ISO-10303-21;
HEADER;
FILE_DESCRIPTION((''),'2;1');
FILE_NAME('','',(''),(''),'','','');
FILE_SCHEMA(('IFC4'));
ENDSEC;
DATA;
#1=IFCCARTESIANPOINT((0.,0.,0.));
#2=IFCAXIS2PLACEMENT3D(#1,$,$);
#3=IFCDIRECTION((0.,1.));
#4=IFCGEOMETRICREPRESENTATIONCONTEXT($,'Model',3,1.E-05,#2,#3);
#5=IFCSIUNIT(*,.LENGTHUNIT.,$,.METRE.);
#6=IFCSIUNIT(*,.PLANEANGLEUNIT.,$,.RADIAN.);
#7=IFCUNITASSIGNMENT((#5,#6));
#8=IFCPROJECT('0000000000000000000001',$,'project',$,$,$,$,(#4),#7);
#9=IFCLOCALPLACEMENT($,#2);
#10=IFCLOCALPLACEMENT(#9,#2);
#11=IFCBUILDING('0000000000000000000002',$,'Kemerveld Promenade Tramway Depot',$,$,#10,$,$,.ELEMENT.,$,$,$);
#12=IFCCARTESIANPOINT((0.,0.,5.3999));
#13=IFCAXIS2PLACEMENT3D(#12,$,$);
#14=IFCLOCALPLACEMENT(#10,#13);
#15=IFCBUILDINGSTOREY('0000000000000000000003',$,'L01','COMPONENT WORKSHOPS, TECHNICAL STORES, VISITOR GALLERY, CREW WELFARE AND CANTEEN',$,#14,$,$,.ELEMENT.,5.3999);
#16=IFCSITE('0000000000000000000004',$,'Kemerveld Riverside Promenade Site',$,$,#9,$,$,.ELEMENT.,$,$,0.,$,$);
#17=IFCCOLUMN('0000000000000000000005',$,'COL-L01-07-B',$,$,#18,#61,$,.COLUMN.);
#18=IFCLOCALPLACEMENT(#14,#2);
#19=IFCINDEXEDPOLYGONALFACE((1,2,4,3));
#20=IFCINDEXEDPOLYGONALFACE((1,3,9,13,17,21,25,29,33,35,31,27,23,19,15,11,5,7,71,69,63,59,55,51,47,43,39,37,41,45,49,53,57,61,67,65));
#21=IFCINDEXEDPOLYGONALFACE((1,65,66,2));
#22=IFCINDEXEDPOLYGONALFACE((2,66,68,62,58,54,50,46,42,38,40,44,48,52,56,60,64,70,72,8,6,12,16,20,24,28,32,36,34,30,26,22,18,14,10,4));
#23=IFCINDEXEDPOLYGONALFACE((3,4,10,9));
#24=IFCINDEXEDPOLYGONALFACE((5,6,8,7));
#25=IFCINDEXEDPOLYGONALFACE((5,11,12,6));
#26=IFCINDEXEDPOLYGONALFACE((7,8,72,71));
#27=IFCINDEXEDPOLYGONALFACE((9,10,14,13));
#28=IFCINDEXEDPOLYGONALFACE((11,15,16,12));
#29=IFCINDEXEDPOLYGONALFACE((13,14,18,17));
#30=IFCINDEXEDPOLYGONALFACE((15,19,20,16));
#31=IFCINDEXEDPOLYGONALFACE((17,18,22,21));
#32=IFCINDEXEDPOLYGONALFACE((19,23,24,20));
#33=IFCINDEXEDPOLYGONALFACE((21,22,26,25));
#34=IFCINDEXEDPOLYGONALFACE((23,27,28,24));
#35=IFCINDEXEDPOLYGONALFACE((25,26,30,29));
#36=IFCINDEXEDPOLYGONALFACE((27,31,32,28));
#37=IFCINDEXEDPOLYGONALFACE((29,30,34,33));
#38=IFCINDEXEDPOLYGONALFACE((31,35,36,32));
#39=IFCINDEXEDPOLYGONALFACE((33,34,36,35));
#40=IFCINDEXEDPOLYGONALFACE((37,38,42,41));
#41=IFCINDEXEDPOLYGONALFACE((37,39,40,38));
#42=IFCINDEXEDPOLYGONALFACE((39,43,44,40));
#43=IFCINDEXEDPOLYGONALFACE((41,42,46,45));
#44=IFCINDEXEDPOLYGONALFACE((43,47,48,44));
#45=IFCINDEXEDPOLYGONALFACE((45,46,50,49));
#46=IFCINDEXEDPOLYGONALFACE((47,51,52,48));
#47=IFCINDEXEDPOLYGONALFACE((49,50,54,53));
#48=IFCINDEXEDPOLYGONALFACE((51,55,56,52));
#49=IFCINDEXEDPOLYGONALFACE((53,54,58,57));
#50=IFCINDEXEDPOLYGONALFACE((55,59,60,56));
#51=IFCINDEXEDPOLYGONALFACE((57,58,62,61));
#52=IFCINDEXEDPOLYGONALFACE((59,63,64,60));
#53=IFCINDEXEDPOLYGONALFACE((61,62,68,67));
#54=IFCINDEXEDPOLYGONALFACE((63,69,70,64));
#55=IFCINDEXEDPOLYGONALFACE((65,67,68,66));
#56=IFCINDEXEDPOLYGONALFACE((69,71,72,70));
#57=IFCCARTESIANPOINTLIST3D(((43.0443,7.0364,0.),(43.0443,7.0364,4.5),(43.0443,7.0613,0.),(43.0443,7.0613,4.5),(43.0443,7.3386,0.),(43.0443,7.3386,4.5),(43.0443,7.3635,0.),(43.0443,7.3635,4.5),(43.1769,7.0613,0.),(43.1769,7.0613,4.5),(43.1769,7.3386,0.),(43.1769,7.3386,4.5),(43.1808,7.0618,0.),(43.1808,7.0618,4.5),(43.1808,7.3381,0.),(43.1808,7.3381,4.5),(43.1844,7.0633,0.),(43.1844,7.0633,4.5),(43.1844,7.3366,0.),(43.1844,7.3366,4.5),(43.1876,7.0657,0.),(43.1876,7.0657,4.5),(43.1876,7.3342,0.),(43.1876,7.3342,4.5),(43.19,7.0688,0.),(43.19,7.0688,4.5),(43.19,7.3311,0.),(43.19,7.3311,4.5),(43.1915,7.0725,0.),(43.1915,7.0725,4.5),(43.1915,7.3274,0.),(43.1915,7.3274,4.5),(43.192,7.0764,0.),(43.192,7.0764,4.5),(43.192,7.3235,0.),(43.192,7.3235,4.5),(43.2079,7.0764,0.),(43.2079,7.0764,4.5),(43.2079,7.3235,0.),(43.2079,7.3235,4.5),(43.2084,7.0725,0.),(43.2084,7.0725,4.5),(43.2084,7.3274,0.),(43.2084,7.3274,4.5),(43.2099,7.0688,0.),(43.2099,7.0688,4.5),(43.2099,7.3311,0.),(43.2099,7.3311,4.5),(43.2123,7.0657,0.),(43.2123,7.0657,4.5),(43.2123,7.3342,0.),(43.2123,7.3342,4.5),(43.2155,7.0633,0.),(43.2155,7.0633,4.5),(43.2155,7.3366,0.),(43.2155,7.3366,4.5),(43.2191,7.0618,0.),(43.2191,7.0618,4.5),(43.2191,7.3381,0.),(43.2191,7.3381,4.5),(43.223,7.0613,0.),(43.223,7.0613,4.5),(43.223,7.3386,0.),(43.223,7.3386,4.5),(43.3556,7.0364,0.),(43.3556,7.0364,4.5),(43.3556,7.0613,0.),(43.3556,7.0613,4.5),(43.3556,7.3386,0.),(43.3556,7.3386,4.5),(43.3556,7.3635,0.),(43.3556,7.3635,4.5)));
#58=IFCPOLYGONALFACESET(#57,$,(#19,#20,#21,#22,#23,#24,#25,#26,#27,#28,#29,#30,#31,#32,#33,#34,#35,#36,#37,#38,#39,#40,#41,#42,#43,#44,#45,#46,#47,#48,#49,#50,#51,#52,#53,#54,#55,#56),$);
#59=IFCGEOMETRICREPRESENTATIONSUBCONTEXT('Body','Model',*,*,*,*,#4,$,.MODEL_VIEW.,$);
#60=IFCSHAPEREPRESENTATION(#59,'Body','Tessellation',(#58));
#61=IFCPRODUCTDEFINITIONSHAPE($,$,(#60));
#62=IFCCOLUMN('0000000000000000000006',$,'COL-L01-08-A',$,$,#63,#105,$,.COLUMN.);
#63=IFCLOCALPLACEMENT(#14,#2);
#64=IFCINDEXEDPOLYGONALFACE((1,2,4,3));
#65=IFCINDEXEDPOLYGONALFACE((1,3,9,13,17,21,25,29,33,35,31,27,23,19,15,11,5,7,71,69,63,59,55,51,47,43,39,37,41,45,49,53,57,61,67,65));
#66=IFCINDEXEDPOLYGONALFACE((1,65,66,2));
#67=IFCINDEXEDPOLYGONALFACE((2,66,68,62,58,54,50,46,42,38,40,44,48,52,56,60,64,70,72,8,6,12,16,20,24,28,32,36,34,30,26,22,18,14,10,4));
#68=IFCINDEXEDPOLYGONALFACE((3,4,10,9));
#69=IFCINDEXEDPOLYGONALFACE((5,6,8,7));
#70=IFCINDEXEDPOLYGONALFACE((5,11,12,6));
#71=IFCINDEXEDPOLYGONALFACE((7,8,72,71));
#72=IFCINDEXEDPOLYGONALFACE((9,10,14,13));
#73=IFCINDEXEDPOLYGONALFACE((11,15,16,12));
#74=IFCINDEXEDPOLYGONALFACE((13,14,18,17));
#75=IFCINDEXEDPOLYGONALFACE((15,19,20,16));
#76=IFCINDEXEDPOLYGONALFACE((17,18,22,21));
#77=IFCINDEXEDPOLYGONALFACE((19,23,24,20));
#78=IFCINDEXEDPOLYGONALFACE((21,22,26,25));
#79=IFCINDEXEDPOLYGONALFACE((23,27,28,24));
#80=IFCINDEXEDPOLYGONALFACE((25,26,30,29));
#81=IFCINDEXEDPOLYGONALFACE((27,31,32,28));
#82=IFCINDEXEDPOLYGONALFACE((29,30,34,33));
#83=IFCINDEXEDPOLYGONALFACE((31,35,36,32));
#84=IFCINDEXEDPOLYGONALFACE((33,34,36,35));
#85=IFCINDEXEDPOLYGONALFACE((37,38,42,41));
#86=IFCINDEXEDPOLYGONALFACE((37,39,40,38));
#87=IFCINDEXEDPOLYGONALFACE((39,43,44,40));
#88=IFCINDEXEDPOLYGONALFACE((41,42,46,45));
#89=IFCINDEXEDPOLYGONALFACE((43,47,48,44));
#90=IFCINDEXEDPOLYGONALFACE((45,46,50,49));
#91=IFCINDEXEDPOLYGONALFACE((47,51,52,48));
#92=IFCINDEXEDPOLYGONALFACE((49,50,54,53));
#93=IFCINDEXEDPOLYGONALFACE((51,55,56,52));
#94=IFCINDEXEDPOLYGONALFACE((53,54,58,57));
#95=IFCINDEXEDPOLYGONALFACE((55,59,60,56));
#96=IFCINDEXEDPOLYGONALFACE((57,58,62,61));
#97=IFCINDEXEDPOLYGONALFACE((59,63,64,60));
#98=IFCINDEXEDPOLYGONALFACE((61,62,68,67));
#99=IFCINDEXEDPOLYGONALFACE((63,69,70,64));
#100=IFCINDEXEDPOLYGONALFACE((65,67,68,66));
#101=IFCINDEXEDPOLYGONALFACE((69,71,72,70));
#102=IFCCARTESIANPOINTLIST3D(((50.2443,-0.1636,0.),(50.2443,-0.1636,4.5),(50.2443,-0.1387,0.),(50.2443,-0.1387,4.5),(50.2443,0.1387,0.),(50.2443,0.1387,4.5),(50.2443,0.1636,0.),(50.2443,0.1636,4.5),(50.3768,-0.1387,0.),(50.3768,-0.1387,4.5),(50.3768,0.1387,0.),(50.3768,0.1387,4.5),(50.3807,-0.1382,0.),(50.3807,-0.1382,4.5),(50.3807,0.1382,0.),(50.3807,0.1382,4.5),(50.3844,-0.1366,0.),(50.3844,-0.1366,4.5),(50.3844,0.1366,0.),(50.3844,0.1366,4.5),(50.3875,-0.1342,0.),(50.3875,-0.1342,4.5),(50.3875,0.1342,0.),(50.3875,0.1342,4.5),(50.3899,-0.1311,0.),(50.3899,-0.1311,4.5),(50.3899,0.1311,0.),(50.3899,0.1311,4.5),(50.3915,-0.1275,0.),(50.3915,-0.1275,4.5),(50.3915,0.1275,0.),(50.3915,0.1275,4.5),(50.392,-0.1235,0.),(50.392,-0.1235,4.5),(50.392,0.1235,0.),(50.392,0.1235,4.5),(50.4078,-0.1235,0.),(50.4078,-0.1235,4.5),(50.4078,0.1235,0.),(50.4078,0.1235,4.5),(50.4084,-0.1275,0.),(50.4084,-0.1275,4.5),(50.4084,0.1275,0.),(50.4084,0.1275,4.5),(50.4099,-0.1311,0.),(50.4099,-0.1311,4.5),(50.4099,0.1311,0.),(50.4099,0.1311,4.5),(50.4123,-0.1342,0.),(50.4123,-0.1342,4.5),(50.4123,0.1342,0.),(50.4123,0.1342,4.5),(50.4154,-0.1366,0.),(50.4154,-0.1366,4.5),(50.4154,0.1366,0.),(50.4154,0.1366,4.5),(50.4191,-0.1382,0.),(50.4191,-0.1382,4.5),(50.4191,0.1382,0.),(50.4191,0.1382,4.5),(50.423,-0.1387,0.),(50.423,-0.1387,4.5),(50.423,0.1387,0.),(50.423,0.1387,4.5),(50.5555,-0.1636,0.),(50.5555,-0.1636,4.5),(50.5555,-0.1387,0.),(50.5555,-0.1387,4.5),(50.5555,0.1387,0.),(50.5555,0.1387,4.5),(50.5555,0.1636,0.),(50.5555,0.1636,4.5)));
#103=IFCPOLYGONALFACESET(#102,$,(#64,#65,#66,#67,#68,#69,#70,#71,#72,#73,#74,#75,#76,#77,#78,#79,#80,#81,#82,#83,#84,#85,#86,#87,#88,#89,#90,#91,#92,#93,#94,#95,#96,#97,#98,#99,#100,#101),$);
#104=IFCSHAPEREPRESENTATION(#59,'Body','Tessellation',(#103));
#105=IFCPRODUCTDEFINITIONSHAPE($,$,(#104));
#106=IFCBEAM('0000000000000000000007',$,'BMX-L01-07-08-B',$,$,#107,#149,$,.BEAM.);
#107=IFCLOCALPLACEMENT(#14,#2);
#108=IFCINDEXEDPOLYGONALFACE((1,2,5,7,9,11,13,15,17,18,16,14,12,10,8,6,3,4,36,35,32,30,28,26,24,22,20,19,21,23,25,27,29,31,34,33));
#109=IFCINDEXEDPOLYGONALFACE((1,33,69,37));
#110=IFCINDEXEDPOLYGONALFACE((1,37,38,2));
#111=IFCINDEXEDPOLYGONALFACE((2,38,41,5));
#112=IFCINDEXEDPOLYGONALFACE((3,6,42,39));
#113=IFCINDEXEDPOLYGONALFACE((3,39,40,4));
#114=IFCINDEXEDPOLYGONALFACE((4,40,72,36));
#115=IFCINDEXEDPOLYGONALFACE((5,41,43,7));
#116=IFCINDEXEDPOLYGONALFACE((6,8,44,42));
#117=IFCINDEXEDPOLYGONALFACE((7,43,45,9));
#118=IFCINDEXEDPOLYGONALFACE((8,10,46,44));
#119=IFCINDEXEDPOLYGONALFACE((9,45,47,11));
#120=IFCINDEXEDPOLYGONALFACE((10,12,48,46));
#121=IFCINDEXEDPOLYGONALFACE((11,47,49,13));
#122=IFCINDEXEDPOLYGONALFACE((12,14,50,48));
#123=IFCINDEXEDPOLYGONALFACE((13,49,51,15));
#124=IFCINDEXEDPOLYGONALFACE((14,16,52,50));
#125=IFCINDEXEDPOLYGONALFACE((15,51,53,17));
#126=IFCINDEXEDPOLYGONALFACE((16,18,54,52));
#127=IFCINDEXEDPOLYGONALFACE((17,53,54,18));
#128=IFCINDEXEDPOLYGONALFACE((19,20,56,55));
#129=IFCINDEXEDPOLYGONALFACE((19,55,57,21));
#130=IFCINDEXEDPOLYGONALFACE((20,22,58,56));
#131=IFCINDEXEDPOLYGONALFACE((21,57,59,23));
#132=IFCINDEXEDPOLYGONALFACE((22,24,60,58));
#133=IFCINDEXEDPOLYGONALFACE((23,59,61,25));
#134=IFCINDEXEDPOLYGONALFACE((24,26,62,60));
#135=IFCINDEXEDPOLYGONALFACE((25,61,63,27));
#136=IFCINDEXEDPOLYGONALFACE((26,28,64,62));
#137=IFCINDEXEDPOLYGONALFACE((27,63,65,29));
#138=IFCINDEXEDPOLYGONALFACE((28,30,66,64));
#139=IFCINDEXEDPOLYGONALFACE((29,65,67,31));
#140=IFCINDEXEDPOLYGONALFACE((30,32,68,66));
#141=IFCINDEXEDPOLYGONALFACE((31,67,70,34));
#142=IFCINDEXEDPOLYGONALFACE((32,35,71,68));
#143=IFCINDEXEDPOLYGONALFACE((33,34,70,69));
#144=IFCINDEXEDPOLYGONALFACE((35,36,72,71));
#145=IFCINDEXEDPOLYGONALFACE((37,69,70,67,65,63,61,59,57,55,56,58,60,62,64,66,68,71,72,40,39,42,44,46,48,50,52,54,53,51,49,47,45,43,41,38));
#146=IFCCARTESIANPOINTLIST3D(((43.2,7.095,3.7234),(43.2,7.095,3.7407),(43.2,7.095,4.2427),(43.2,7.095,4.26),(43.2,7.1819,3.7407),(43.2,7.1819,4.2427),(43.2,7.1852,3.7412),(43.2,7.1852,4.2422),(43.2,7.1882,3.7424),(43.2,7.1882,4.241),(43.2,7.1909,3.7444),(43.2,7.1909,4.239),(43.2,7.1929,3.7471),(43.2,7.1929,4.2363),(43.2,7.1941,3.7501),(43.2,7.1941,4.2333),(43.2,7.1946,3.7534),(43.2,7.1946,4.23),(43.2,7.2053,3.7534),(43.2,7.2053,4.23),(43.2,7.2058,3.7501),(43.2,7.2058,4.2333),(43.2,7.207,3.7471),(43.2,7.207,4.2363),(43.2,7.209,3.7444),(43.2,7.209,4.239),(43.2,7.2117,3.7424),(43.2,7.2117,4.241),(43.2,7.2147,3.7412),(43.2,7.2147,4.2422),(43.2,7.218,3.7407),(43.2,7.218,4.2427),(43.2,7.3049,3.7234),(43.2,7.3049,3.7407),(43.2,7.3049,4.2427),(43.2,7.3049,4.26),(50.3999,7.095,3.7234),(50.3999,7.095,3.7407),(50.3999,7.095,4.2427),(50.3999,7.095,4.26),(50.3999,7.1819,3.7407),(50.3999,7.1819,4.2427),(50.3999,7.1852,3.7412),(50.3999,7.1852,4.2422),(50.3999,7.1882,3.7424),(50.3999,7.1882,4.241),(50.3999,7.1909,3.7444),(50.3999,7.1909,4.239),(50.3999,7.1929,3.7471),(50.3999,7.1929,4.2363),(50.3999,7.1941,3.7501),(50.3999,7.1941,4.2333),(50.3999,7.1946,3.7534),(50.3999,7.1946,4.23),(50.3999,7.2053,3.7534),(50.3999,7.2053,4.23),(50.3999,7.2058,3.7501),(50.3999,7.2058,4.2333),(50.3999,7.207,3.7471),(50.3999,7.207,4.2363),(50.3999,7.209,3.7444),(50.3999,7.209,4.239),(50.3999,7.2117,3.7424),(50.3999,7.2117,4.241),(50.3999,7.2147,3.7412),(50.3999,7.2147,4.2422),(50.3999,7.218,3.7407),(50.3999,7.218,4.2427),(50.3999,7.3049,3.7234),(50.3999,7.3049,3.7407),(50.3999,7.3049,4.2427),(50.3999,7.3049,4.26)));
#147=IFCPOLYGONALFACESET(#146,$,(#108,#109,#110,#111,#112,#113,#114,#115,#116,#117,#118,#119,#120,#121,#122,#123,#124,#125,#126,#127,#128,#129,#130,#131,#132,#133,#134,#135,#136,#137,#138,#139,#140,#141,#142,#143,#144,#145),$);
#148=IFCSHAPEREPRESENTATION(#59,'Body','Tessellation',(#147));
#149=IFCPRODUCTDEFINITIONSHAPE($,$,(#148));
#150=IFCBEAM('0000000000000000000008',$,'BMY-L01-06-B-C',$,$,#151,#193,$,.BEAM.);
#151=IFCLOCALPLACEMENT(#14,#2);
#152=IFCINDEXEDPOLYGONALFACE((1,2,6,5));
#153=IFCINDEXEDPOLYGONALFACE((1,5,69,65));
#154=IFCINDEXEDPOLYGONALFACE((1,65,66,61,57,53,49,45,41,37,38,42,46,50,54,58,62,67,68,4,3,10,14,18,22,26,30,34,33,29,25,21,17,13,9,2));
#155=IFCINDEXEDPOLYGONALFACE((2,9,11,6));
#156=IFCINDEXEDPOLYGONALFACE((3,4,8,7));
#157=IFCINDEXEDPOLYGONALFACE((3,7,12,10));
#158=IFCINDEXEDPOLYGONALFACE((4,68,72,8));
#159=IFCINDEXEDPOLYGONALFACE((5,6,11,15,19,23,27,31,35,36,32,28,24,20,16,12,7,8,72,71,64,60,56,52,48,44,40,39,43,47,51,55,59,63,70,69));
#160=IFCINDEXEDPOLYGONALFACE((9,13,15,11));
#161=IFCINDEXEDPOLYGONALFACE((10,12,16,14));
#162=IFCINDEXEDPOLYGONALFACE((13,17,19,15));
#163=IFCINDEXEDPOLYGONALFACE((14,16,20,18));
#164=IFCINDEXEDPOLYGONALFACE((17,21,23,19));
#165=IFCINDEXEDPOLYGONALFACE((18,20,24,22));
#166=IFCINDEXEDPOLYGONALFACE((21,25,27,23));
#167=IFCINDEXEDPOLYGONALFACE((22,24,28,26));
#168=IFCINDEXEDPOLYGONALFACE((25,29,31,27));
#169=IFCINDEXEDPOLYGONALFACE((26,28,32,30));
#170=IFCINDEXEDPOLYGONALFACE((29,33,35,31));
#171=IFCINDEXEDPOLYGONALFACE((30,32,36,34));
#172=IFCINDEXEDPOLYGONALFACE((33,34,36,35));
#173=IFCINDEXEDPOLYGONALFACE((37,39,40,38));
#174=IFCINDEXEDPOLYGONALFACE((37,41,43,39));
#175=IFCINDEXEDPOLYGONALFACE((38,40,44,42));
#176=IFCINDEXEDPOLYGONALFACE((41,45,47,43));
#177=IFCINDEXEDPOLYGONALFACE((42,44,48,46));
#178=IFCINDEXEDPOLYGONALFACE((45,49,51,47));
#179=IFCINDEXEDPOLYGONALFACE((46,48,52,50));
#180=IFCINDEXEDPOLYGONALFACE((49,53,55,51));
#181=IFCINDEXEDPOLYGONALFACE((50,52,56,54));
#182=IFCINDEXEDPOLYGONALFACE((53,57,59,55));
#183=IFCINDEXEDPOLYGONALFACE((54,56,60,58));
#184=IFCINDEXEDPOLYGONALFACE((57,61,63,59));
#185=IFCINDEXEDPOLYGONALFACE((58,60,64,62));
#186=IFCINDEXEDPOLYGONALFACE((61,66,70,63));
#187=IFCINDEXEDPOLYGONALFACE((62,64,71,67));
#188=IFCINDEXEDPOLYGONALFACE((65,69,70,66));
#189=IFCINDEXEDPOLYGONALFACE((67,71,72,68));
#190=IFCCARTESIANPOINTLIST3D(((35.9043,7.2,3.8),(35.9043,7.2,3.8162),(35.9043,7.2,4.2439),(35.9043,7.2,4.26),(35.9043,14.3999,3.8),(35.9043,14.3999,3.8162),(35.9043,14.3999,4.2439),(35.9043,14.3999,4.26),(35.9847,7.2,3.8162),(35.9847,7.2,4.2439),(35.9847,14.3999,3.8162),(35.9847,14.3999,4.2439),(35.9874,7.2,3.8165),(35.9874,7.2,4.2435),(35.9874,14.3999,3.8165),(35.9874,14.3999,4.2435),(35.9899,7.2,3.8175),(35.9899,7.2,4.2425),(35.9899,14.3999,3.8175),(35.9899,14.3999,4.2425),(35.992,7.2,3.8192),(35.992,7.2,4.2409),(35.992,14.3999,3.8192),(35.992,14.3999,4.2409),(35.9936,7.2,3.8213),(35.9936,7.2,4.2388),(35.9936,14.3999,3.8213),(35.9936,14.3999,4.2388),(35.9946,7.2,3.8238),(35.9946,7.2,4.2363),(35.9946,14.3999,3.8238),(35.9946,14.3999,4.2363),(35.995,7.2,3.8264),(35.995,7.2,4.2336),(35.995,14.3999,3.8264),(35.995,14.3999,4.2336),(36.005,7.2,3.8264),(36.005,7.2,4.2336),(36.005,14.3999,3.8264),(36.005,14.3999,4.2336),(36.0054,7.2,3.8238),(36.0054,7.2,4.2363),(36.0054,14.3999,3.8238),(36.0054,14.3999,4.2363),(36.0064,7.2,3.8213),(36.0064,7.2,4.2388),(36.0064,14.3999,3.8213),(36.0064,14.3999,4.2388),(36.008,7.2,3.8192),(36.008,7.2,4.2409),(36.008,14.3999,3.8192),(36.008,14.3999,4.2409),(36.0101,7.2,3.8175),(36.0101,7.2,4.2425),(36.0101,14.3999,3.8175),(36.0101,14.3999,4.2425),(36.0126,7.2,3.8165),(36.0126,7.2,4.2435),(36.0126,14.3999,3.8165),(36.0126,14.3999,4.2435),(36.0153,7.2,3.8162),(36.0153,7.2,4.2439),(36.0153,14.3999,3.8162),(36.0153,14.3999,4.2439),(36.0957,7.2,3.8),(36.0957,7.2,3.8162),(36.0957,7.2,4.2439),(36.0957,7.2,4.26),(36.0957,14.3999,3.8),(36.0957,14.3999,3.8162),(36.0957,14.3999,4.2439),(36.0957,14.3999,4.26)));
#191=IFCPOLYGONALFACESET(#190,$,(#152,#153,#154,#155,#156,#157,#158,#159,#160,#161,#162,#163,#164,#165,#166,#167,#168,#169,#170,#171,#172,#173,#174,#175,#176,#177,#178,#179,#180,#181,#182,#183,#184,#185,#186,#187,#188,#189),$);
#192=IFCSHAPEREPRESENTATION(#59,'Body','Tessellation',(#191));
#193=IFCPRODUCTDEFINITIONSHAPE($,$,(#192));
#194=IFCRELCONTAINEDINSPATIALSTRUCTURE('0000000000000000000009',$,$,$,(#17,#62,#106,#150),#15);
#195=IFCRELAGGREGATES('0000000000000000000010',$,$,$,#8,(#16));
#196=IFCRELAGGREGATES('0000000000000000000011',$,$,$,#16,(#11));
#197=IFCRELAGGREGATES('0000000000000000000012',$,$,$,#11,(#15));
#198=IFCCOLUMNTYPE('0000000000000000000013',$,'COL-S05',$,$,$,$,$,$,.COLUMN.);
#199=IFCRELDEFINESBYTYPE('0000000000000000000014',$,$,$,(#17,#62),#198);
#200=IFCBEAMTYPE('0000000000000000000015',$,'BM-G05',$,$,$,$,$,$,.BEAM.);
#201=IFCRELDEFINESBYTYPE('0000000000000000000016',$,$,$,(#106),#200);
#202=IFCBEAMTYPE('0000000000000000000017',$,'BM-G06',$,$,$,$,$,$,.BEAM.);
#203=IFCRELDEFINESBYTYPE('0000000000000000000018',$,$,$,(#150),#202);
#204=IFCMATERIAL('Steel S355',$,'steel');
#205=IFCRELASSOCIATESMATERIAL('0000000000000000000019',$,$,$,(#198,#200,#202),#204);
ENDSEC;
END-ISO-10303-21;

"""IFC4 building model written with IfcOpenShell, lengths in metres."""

from ifc_helpers import new_model, si_unit, direction, frame, origin, origin_2d, place, context, subcontext, project, spatial, i_section, extrude, material, material_profile, profile_set, type_object, element, save


model = new_model("IFC4")

# Units and contexts
model_context = context("Model", 3, precision=1e-05, world=origin(), true_north=direction((0.0, 1.0)))
body_context = subcontext(model_context, "Body", "Model", "MODEL_VIEW")
ifc_project = project(units=[si_unit("LENGTHUNIT", "METRE"), si_unit("PLANEANGLEUNIT", "RADIAN")], contexts=[model_context])

# Site, building, storey
site_placement = place(None, origin())
site = spatial("IfcSite", under=ifc_project, at=site_placement, Name="Kemerveld Riverside Promenade Site", CompositionType="ELEMENT", RefElevation=0.0)
building_placement = place(site_placement, origin())
building = spatial("IfcBuilding", under=site, at=building_placement, Name="Kemerveld Promenade Tramway Depot", CompositionType="ELEMENT")
storey_placement = place(building_placement, frame((0.0, 0.0, 5.3999)))
storey = spatial("IfcBuildingStorey", under=building, at=storey_placement, Name="L01", Description="COMPONENT WORKSHOPS, TECHNICAL STORES, VISITOR GALLERY, CREW WELFARE AND CANTEEN", CompositionType="ELEMENT", Elevation=5.3999)

# Columns
ifc_material_1 = material(Name="Steel S355", Category="steel")
ifc_material_profile_1 = material_profile(ifc_material_1, i_section(OverallWidth=0.3113, OverallDepth=0.3271, WebThickness=0.0159, FlangeThickness=0.0249, FilletRadius=0.0151, at=origin_2d()), Name="305x305x158 UC")
ifc_profile_set_1 = profile_set([ifc_material_profile_1], Name="Steel S355")
column_type = type_object("IfcColumnType", Name="COL-S05", PredefinedType="COLUMN", material=ifc_profile_set_1)
for number, where, z_axis, x_axis, name in (
    (1, (43.2, 7.2, 0.0), (0.0, 0.0, 1.0), (1.0, 0.0, 0.0), "COL-L01-07-B"),
    (2, (50.3999, 0.0, 0.0), (0.0, 0.0, 1.0), (1.0, 0.0, 0.0), "COL-L01-08-A"),
):
    element("IfcColumn", number, at=place(storey_placement, frame(where, z_axis=z_axis, x_axis=x_axis)), inside=storey, type_object=column_type, Name=name, PredefinedType="COLUMN", context=body_context, shape_type="SweptSolid", body=[
        extrude(i_section(OverallWidth=0.3113, OverallDepth=0.3271, WebThickness=0.0159, FlangeThickness=0.0249, FilletRadius=0.0151, at=origin_2d()), origin(), (0.0, 0.0, 1.0), 4.5),
    ])

# Beams
ifc_material_profile_2 = material_profile(ifc_material_1, i_section(OverallWidth=0.21, OverallDepth=0.5366, WebThickness=0.0107, FlangeThickness=0.0173, FilletRadius=0.0127, at=origin_2d()), Name="533x210x101 UB")
ifc_profile_set_2 = profile_set([ifc_material_profile_2], Name="Steel S355")
beam_type_1 = type_object("IfcBeamType", Name="BM-G05", PredefinedType="BEAM", material=ifc_profile_set_2)
beam_1_placement = place(storey_placement, frame((43.2, 7.2, 3.9917), z_axis=(1.0, 0.0, 0.0), x_axis=(0.0, 1.0, 0.0)))
element("IfcBeam", 3, at=beam_1_placement, inside=storey, type_object=beam_type_1, Name="BMX-L01-07-08-B", PredefinedType="BEAM", context=body_context, shape_type="SweptSolid", body=[
    extrude(i_section(OverallWidth=0.21, OverallDepth=0.5366, WebThickness=0.0107, FlangeThickness=0.0173, FilletRadius=0.0127, at=origin_2d()), origin(), (0.0, 0.0, 1.0), 7.2),
])
ifc_material_profile_3 = material_profile(ifc_material_1, i_section(OverallWidth=0.1914, OverallDepth=0.46, WebThickness=0.01, FlangeThickness=0.0161, FilletRadius=0.0103, at=origin_2d()), Name="457x191x82 UB")
ifc_profile_set_3 = profile_set([ifc_material_profile_3], Name="Steel S355")
beam_type_2 = type_object("IfcBeamType", Name="BM-G06", PredefinedType="BEAM", material=ifc_profile_set_3)
for number, where, z_axis, x_axis, name in (
    (4, (36.0, 7.2, 4.03), (0.0, 1.0, 0.0), (-1.0, 0.0, 0.0), "BMY-L01-06-B-C"),
):
    element("IfcBeam", number, at=place(storey_placement, frame(where, z_axis=z_axis, x_axis=x_axis)), inside=storey, type_object=beam_type_2, Name=name, PredefinedType="BEAM", context=body_context, shape_type="SweptSolid", body=[
        extrude(i_section(OverallWidth=0.1914, OverallDepth=0.46, WebThickness=0.01, FlangeThickness=0.0161, FilletRadius=0.0103, at=origin_2d()), origin(), (0.0, 0.0, 1.0), 7.2),
    ])

save(model, "model.ifc")
